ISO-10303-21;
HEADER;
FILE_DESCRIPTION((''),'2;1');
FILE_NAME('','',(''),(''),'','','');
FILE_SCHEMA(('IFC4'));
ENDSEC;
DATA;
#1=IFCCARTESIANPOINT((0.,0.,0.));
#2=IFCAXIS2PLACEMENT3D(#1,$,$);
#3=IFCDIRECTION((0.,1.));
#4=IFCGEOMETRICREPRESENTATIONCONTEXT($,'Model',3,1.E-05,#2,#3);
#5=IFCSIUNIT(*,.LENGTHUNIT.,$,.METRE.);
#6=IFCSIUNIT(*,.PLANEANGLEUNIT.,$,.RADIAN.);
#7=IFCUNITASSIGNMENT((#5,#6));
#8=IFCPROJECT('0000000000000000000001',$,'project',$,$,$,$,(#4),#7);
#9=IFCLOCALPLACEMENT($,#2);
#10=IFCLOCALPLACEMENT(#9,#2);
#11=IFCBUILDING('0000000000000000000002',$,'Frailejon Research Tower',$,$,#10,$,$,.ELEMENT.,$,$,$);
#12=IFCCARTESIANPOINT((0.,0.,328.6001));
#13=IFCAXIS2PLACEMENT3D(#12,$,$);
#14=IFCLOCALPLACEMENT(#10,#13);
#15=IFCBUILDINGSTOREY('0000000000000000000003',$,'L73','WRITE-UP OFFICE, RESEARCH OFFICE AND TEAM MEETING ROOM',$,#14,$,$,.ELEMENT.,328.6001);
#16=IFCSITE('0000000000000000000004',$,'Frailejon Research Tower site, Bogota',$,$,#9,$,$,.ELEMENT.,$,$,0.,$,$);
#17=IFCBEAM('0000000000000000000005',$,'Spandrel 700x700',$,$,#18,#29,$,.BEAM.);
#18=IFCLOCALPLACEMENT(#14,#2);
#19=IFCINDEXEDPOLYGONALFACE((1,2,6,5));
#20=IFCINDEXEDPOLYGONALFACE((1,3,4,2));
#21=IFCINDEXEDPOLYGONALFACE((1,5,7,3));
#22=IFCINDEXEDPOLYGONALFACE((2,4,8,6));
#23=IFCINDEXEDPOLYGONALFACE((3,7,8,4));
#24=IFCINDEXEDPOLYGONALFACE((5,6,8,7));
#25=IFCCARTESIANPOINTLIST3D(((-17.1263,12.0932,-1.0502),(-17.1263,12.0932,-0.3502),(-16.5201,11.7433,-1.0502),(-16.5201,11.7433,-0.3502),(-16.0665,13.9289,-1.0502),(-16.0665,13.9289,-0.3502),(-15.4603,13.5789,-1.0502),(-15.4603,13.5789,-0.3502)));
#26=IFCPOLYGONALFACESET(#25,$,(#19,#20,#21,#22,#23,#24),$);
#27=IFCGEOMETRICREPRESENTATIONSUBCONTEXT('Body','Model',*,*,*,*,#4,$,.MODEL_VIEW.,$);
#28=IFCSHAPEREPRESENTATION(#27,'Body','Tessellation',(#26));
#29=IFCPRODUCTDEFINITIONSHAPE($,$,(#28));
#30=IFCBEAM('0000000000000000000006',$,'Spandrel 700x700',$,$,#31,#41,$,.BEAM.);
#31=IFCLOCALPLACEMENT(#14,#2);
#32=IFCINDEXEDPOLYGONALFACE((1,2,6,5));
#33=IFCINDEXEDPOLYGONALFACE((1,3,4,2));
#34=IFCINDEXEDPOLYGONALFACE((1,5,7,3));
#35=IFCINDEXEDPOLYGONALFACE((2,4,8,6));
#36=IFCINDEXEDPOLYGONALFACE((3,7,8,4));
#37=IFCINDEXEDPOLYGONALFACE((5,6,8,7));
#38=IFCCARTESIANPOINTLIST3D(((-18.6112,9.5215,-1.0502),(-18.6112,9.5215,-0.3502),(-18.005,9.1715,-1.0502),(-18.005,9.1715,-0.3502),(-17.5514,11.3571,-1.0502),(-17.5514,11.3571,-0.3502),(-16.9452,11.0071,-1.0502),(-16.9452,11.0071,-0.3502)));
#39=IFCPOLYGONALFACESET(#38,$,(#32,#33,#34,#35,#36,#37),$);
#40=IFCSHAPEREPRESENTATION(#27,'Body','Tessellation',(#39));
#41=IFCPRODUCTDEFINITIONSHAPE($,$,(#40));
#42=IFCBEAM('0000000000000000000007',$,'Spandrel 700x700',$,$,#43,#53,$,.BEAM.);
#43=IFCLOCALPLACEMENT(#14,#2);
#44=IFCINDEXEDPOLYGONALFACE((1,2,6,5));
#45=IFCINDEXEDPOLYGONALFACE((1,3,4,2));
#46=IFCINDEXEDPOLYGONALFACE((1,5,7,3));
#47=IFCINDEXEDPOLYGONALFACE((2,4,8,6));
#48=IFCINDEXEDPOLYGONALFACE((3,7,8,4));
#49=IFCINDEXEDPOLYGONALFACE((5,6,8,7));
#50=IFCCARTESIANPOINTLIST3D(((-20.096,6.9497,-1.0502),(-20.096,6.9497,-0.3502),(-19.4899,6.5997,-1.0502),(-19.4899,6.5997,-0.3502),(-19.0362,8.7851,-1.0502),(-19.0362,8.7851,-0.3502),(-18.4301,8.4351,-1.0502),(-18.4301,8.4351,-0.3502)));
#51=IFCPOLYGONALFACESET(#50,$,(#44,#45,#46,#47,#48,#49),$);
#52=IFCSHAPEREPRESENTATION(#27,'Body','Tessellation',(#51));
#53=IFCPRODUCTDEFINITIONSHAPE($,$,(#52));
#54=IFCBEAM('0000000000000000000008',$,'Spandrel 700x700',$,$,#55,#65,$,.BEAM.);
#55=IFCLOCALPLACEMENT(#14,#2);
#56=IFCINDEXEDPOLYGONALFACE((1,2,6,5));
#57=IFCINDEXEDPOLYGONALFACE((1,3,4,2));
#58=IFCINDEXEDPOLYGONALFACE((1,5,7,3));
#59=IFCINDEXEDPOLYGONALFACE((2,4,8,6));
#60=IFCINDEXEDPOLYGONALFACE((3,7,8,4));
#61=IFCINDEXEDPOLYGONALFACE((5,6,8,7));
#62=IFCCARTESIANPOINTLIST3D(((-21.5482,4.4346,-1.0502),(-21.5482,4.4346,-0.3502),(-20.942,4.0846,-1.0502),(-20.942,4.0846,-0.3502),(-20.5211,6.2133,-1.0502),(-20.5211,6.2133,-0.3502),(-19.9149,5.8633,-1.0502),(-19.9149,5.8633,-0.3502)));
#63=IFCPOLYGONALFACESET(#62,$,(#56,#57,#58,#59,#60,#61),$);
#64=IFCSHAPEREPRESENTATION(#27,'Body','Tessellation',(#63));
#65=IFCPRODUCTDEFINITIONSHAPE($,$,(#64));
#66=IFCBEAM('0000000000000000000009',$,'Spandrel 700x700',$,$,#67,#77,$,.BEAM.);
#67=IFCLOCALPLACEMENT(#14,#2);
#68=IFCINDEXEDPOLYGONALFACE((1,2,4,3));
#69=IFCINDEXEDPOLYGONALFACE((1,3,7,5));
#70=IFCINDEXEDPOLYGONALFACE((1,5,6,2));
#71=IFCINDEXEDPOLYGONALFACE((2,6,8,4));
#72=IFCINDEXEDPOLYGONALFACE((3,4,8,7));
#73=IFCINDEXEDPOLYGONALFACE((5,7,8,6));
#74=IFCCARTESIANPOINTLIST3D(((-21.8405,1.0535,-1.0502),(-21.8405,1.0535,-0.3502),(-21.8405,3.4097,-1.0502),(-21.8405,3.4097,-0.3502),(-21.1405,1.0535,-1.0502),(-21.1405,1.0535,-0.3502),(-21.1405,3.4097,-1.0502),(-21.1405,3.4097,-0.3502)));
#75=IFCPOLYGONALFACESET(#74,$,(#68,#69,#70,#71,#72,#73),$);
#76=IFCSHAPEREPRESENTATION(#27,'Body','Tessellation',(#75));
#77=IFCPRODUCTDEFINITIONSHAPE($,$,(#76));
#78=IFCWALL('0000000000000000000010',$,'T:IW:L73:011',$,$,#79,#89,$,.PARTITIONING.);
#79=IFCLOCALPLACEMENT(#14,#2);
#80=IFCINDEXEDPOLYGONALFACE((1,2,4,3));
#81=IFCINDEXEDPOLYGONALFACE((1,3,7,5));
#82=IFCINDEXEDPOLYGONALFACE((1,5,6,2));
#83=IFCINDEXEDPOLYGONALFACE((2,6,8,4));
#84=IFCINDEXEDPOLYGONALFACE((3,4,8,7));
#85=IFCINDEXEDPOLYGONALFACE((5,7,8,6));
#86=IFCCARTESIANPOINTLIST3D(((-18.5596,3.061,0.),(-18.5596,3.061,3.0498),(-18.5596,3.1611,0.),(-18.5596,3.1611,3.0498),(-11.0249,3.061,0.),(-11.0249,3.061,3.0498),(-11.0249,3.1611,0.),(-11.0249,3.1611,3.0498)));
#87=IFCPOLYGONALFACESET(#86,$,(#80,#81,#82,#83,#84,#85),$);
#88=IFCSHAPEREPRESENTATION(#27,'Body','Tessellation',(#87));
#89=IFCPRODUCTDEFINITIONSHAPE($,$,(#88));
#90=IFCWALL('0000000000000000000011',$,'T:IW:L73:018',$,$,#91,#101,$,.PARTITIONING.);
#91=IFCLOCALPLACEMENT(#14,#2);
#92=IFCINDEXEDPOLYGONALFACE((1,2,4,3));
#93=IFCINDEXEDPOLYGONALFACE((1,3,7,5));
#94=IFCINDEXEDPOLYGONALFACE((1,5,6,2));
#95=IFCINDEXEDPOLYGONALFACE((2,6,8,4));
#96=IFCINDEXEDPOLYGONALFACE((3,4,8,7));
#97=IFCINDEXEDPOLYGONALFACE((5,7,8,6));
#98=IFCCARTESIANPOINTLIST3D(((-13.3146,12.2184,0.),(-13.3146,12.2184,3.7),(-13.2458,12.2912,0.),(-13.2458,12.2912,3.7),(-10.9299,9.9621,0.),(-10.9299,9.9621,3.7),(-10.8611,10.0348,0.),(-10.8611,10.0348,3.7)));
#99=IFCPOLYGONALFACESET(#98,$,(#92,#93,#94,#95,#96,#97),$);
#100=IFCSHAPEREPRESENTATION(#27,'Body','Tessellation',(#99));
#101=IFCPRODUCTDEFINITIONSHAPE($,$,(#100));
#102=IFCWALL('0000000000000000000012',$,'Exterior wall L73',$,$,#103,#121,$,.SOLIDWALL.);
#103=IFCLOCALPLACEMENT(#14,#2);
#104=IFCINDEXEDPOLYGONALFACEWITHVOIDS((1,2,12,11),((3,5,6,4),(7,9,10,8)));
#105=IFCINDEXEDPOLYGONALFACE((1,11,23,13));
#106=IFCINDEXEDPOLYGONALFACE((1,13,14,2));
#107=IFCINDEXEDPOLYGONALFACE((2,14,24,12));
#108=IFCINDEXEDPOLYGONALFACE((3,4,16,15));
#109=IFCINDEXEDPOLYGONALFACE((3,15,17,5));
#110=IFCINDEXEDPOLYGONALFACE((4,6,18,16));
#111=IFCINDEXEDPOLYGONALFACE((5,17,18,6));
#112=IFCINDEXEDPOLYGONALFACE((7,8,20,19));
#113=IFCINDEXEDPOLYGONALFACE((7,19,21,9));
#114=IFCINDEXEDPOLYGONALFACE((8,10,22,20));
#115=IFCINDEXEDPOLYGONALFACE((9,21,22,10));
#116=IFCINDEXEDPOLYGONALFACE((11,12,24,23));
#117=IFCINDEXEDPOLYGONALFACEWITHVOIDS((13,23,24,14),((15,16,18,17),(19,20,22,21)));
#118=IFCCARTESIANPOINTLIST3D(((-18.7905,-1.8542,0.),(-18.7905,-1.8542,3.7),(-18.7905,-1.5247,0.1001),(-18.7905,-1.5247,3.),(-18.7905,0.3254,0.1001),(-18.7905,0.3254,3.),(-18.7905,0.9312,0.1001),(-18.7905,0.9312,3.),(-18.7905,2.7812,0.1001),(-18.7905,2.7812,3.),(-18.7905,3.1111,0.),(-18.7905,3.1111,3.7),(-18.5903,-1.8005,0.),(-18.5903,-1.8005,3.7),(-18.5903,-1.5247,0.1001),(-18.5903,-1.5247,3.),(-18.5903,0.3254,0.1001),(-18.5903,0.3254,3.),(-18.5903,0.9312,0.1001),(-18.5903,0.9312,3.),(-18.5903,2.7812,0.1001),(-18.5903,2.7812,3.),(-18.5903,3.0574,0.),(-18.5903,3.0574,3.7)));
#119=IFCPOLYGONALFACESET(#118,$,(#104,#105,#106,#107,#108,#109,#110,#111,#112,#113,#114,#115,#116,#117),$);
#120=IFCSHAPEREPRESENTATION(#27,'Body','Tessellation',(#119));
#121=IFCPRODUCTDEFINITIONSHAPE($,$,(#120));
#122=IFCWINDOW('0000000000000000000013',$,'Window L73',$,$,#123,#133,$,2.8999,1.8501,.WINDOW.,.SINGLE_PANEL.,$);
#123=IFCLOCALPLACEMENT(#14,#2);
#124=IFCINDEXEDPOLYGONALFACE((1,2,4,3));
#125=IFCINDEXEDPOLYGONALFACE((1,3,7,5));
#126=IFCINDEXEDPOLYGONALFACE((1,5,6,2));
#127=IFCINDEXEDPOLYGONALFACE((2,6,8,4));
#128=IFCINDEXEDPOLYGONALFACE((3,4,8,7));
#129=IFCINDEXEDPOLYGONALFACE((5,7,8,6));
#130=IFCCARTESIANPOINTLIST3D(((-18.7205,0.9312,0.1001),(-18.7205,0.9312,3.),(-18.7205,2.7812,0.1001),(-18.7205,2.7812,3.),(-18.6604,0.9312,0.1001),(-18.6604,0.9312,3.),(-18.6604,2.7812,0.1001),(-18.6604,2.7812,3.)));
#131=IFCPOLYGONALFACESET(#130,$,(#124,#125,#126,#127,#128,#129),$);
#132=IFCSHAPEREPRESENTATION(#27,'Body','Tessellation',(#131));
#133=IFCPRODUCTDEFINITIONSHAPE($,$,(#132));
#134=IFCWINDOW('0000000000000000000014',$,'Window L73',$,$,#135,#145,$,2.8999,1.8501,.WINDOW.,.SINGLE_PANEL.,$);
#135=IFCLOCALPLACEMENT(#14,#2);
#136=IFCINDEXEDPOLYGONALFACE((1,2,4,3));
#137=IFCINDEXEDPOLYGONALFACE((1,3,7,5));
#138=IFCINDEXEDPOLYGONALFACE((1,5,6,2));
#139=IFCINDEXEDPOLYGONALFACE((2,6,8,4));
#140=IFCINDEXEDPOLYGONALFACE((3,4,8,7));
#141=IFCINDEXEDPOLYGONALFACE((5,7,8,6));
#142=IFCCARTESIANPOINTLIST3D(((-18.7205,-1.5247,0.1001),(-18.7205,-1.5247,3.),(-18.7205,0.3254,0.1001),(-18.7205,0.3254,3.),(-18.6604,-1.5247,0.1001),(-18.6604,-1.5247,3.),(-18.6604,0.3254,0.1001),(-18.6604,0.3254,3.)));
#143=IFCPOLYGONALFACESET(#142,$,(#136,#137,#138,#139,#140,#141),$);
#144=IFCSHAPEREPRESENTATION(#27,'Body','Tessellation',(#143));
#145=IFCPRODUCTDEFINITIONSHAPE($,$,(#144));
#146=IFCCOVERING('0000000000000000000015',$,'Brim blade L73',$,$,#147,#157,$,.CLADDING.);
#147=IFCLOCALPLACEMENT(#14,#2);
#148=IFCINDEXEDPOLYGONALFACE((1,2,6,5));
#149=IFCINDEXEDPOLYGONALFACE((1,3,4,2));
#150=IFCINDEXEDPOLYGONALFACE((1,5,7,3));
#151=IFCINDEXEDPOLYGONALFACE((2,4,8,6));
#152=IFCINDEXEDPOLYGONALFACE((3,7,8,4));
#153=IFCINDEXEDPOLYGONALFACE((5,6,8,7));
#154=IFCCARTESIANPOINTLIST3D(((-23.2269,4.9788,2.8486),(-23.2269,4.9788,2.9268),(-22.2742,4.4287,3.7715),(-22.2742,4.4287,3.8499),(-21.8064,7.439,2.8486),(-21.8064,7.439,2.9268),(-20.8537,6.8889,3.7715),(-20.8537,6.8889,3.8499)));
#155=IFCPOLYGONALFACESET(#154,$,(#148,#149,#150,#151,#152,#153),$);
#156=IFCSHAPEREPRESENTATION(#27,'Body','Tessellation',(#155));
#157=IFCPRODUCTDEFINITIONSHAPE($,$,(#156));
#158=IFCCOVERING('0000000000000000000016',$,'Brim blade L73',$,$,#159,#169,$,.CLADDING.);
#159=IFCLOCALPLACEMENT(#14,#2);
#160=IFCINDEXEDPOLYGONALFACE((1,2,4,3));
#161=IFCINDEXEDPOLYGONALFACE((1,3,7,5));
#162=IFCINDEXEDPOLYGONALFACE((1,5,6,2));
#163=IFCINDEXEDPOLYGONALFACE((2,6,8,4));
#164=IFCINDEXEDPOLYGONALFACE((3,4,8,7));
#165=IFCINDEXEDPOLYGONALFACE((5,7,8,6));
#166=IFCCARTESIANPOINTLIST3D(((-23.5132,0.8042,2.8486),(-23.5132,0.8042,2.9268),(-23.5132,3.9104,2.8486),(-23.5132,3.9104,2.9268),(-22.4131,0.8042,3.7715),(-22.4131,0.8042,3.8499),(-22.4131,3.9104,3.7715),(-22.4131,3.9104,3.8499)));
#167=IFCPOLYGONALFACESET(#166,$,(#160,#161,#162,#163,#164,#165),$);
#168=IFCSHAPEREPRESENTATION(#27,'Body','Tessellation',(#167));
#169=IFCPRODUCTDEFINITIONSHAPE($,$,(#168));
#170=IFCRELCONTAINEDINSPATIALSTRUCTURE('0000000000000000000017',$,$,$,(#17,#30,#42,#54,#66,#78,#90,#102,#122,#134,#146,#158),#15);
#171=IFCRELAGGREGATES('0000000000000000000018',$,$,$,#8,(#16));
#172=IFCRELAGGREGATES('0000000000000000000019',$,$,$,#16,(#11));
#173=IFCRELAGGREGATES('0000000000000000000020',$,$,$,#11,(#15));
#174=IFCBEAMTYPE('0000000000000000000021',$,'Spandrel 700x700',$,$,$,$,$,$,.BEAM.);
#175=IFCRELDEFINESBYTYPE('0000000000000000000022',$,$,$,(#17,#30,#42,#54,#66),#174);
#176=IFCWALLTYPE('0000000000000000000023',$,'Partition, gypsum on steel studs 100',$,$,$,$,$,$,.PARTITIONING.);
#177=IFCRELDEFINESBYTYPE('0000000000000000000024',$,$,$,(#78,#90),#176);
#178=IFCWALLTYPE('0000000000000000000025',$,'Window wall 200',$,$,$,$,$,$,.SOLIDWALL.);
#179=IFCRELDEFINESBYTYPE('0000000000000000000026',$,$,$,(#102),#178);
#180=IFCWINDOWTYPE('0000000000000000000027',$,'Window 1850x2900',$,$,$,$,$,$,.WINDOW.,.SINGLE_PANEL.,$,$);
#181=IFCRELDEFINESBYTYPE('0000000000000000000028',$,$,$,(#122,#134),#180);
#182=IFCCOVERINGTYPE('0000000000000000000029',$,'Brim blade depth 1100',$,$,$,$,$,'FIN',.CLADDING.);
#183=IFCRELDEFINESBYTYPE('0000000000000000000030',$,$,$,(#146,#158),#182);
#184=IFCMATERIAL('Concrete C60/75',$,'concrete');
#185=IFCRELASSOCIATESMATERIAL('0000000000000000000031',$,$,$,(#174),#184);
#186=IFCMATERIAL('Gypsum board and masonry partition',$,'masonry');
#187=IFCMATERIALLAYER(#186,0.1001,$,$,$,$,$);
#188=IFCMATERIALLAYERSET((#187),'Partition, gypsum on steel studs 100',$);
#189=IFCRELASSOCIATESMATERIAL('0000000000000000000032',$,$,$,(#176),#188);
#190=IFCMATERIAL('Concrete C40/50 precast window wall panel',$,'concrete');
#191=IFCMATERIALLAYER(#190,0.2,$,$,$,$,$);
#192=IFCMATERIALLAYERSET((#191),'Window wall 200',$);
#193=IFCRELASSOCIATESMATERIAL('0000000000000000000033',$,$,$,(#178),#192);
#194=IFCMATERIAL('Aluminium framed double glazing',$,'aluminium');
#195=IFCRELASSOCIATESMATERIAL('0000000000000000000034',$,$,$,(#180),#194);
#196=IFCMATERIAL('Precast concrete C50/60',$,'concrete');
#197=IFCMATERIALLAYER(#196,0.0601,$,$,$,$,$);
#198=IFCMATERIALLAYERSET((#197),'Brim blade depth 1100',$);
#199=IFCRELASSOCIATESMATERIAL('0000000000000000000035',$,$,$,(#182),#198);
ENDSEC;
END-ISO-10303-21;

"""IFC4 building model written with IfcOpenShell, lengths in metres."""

from ifc_helpers import new_model, si_unit, direction, frame, frame_2d, origin, origin_2d, place, context, subcontext, project, spatial, polyline, rectangle, outline, extrude, material, layer, layer_set, material_profile, profile_set, type_object, element, fill, save


model = new_model("IFC4")

# Units and contexts
model_context = context("Model", 3, precision=1e-05, world=origin(), true_north=direction((0.0, 1.0)))
body_context = subcontext(model_context, "Body", "Model", "MODEL_VIEW")
ifc_project = project(units=[si_unit("LENGTHUNIT", "METRE"), si_unit("PLANEANGLEUNIT", "RADIAN")], contexts=[model_context])

# Site, building, storey
site_placement = place(None, origin())
site = spatial("IfcSite", under=ifc_project, at=site_placement, Name="Frailejon Research Tower site, Bogota", CompositionType="ELEMENT", RefElevation=0.0)
building_placement = place(site_placement, origin())
building = spatial("IfcBuilding", under=site, at=building_placement, Name="Frailejon Research Tower", CompositionType="ELEMENT")
storey_placement = place(building_placement, frame((0.0, 0.0, 328.6001)))
storey = spatial("IfcBuildingStorey", under=building, at=storey_placement, Name="L73", Description="WRITE-UP OFFICE, RESEARCH OFFICE AND TEAM MEETING ROOM", CompositionType="ELEMENT", Elevation=328.6001)

# Beams
ifc_material_1 = material(Name="Concrete C60/75", Category="concrete")
ifc_material_profile_1 = material_profile(ifc_material_1, rectangle(XDim=0.7, YDim=0.7, at=origin_2d()), Name="Spandrel 700x700")
ifc_profile_set_1 = profile_set([ifc_material_profile_1], Name="Concrete C60/75")
beam_type_1 = type_object("IfcBeamType", Name="Spandrel 700x700", PredefinedType="BEAM", material=ifc_profile_set_1)
for number, where, z_axis, x_axis, name in (
    (1, (-15.7634, 13.7539, -0.7002), (-0.499992, -0.86603, 0.0), (0.86603, -0.499992, 0.0), "Spandrel 700x700"),
    (2, (-17.2483, 11.1821, -0.7002), (-0.499992, -0.86603, 0.0), (0.86603, -0.499992, 0.0), "Spandrel 700x700"),
):
    element("IfcBeam", number, at=place(storey_placement, frame(where, z_axis=z_axis, x_axis=x_axis)), inside=storey, type_object=beam_type_1, Name=name, PredefinedType="BEAM", context=body_context, shape_type="SweptSolid", body=[
        extrude(rectangle(XDim=0.7, YDim=0.7, at=origin_2d()), origin(), (0.0, 0.0, 1.0), 2.1196),
    ])
beam_1_placement = place(storey_placement, frame((-18.7332, 8.6101, -0.7002), z_axis=(-0.500042, -0.866001, 0.0), x_axis=(0.866001, -0.500042, 0.0)))
element("IfcBeam", 3, at=beam_1_placement, inside=storey, type_object=beam_type_1, Name="Spandrel 700x700", PredefinedType="BEAM", context=body_context, shape_type="SweptSolid", body=[
    extrude(rectangle(XDim=0.7, YDim=0.7, at=origin_2d()), origin(), (0.0, 0.0, 1.0), 2.1194),
])
beam_2_placement = place(storey_placement, frame((-20.218, 6.0383, -0.7002), z_axis=(-0.500038, -0.866003, 0.0), x_axis=(0.866003, -0.500038, 0.0)))
element("IfcBeam", 4, at=beam_2_placement, inside=storey, type_object=beam_type_1, Name="Spandrel 700x700", PredefinedType="BEAM", context=body_context, shape_type="SweptSolid", body=[
    extrude(rectangle(XDim=0.7, YDim=0.7, at=origin_2d()), origin(), (0.0, 0.0, 1.0), 2.054),
])
beam_3_placement = place(storey_placement, frame((-21.4905, 3.4097, -0.7002), z_axis=(0.0, -1.0, 0.0), x_axis=(1.0, 0.0, 0.0)))
element("IfcBeam", 5, at=beam_3_placement, inside=storey, type_object=beam_type_1, Name="Spandrel 700x700", PredefinedType="BEAM", context=body_context, shape_type="SweptSolid", body=[
    extrude(rectangle(XDim=0.7, YDim=0.7, at=origin_2d()), origin(), (0.0, 0.0, 1.0), 2.3562),
])

# Walls
ifc_material_2 = material(Name="Gypsum board and masonry partition", Category="masonry")
ifc_layer_1 = layer(ifc_material_2, 0.1001)
ifc_layer_set_1 = layer_set([ifc_layer_1], Name="Partition, gypsum on steel studs 100")
wall_type_1 = type_object("IfcWallType", Name="Partition, gypsum on steel studs 100", PredefinedType="PARTITIONING", material=ifc_layer_set_1)
wall_1_placement = place(storey_placement, frame((-18.5596, 3.1111, 0.0), z_axis=(0.0, 0.0, 1.0), x_axis=(1.0, 0.0, 0.0)))
element("IfcWall", 6, at=wall_1_placement, inside=storey, type_object=wall_type_1, Name="T:IW:L73:011", PredefinedType="PARTITIONING", context=body_context, shape_type="SweptSolid", body=[
    extrude(rectangle(XDim=7.5347, YDim=0.1001, at=frame_2d((3.7673, 0.0))), origin(), (0.0, 0.0, 1.0), 3.0498),
])
wall_2_placement = place(storey_placement, frame((-13.2803, 12.2549, 0.0), z_axis=(0.0, 0.0, 1.0), x_axis=(0.726394, -0.687278, 0.0)))
element("IfcWall", 7, at=wall_2_placement, inside=storey, type_object=wall_type_1, Name="T:IW:L73:018", PredefinedType="PARTITIONING", context=body_context, shape_type="SweptSolid", body=[
    extrude(rectangle(XDim=3.283, YDim=0.1001, at=frame_2d((1.6416, 0.0))), origin(), (0.0, 0.0, 1.0), 3.7),
])

# Wall, openings, windows
ifc_material_3 = material(Name="Concrete C40/50 precast window wall panel", Category="concrete")
ifc_layer_2 = layer(ifc_material_3, 0.2)
ifc_layer_set_2 = layer_set([ifc_layer_2], Name="Window wall 200")
wall_type_2 = type_object("IfcWallType", Name="Window wall 200", PredefinedType="SOLIDWALL", material=ifc_layer_set_2)
wall_3_placement = place(storey_placement, frame((-18.6904, 3.0842, 0.0), z_axis=(0.0, 0.0, 1.0), x_axis=(0.0, -1.0, 0.0)))
wall_3 = element("IfcWall", 8, at=wall_3_placement, inside=storey, type_object=wall_type_2, Name="Exterior wall L73", PredefinedType="SOLIDWALL", context=body_context, shape_type="SweptSolid", body=[
    extrude(outline(polyline([(-0.0269, -0.1001), (1.2144, -0.1001), (2.4558, -0.1001), (3.6973, -0.1001), (4.9385, -0.1001), (4.8848, 0.1001), (3.6704, 0.1001), (2.4558, 0.1001), (1.2412, 0.1001), (0.0269, 0.1001), (-0.0269, -0.1001)])), origin(), (0.0, 0.0, 1.0), 3.7),
])
opening_1_placement = place(wall_3_placement, frame((0.303, 0.0, 0.1001)))
opening_1 = element("IfcOpeningElement", 9, at=opening_1_placement, cuts=wall_3, PredefinedType="OPENING", context=body_context, shape_type="SweptSolid", body=[
    extrude(rectangle(XDim=1.8501, YDim=2.8999, at=frame_2d((0.925, 1.45))), frame((0.0, 0.1099, 0.0), z_axis=(0.0, -1.0, 0.0), x_axis=(1.0, 0.0, 0.0)), (0.0, 0.0, 1.0), 0.22),
])
opening_2_placement = place(wall_3_placement, frame((2.7588, 0.0, 0.1001)))
opening_2 = element("IfcOpeningElement", 10, at=opening_2_placement, cuts=wall_3, PredefinedType="OPENING", context=body_context, shape_type="SweptSolid", body=[
    extrude(rectangle(XDim=1.8501, YDim=2.8999, at=frame_2d((0.925, 1.45))), frame((0.0, 0.1099, 0.0), z_axis=(0.0, -1.0, 0.0), x_axis=(1.0, 0.0, 0.0)), (0.0, 0.0, 1.0), 0.22),
])
ifc_material_4 = material(Name="Aluminium framed double glazing", Category="aluminium")
window_type = type_object("IfcWindowType", Name="Window 1850x2900", PartitioningType="SINGLE_PANEL", PredefinedType="WINDOW", material=ifc_material_4)
window_1_placement = place(opening_1_placement, origin())
window_1 = element("IfcWindow", 11, at=window_1_placement, inside=storey, type_object=window_type, Name="Window L73", OverallHeight=2.8999, OverallWidth=1.8501, PartitioningType="SINGLE_PANEL", PredefinedType="WINDOW", context=body_context, shape_type="SweptSolid", body=[
    extrude(rectangle(XDim=1.8501, YDim=2.8999, at=frame_2d((0.925, 1.45))), frame((0.0, 0.03, 0.0), z_axis=(0.0, -1.0, 0.0), x_axis=(1.0, 0.0, 0.0)), (0.0, 0.0, 1.0), 0.0601),
])
fill(opening_1, window_1)
window_2_placement = place(opening_2_placement, origin())
window_2 = element("IfcWindow", 12, at=window_2_placement, inside=storey, type_object=window_type, Name="Window L73", OverallHeight=2.8999, OverallWidth=1.8501, PartitioningType="SINGLE_PANEL", PredefinedType="WINDOW", context=body_context, shape_type="SweptSolid", body=[
    extrude(rectangle(XDim=1.8501, YDim=2.8999, at=frame_2d((0.925, 1.45))), frame((0.0, 0.03, 0.0), z_axis=(0.0, -1.0, 0.0), x_axis=(1.0, 0.0, 0.0)), (0.0, 0.0, 1.0), 0.0601),
])
fill(opening_2, window_2)

# Coverings
ifc_material_5 = material(Name="Precast concrete C50/60", Category="concrete")
ifc_layer_3 = layer(ifc_material_5, 0.0601)
ifc_layer_set_3 = layer_set([ifc_layer_3], Name="Brim blade depth 1100")
covering_type_1 = type_object("IfcCoveringType", Name="Brim blade depth 1100", ElementType="FIN", PredefinedType="CLADDING", material=ifc_layer_set_3)
covering_1_placement = place(storey_placement, frame((-22.2742, 4.4287, 3.8499), z_axis=(0.500016, 0.866016, 0.0), x_axis=(-0.866016, 0.500016, 0.0)))
element("IfcCovering", 13, at=covering_1_placement, inside=storey, type_object=covering_type_1, Name="Brim blade L73", PredefinedType="CLADDING", context=body_context, shape_type="SweptSolid", body=[
    extrude(outline(polyline([(0.0, -0.0784), (1.1001, -1.0012), (1.1001, -0.9231), (0.0, 0.0), (0.0, -0.0784)])), origin(), (0.0, 0.0, 1.0), 2.8408),
])
covering_2_placement = place(storey_placement, frame((-22.4131, 0.8042, 3.8499), z_axis=(0.0, 1.0, 0.0), x_axis=(-1.0, 0.0, 0.0)))
element("IfcCovering", 14, at=covering_2_placement, inside=storey, type_object=covering_type_1, Name="Brim blade L73", PredefinedType="CLADDING", context=body_context, shape_type="SweptSolid", body=[
    extrude(outline(polyline([(0.0, -0.0784), (1.1001, -1.0012), (1.1001, -0.9231), (0.0, 0.0), (0.0, -0.0784)])), origin(), (0.0, 0.0, 1.0), 3.1062),
])

save(model, "model.ifc")
